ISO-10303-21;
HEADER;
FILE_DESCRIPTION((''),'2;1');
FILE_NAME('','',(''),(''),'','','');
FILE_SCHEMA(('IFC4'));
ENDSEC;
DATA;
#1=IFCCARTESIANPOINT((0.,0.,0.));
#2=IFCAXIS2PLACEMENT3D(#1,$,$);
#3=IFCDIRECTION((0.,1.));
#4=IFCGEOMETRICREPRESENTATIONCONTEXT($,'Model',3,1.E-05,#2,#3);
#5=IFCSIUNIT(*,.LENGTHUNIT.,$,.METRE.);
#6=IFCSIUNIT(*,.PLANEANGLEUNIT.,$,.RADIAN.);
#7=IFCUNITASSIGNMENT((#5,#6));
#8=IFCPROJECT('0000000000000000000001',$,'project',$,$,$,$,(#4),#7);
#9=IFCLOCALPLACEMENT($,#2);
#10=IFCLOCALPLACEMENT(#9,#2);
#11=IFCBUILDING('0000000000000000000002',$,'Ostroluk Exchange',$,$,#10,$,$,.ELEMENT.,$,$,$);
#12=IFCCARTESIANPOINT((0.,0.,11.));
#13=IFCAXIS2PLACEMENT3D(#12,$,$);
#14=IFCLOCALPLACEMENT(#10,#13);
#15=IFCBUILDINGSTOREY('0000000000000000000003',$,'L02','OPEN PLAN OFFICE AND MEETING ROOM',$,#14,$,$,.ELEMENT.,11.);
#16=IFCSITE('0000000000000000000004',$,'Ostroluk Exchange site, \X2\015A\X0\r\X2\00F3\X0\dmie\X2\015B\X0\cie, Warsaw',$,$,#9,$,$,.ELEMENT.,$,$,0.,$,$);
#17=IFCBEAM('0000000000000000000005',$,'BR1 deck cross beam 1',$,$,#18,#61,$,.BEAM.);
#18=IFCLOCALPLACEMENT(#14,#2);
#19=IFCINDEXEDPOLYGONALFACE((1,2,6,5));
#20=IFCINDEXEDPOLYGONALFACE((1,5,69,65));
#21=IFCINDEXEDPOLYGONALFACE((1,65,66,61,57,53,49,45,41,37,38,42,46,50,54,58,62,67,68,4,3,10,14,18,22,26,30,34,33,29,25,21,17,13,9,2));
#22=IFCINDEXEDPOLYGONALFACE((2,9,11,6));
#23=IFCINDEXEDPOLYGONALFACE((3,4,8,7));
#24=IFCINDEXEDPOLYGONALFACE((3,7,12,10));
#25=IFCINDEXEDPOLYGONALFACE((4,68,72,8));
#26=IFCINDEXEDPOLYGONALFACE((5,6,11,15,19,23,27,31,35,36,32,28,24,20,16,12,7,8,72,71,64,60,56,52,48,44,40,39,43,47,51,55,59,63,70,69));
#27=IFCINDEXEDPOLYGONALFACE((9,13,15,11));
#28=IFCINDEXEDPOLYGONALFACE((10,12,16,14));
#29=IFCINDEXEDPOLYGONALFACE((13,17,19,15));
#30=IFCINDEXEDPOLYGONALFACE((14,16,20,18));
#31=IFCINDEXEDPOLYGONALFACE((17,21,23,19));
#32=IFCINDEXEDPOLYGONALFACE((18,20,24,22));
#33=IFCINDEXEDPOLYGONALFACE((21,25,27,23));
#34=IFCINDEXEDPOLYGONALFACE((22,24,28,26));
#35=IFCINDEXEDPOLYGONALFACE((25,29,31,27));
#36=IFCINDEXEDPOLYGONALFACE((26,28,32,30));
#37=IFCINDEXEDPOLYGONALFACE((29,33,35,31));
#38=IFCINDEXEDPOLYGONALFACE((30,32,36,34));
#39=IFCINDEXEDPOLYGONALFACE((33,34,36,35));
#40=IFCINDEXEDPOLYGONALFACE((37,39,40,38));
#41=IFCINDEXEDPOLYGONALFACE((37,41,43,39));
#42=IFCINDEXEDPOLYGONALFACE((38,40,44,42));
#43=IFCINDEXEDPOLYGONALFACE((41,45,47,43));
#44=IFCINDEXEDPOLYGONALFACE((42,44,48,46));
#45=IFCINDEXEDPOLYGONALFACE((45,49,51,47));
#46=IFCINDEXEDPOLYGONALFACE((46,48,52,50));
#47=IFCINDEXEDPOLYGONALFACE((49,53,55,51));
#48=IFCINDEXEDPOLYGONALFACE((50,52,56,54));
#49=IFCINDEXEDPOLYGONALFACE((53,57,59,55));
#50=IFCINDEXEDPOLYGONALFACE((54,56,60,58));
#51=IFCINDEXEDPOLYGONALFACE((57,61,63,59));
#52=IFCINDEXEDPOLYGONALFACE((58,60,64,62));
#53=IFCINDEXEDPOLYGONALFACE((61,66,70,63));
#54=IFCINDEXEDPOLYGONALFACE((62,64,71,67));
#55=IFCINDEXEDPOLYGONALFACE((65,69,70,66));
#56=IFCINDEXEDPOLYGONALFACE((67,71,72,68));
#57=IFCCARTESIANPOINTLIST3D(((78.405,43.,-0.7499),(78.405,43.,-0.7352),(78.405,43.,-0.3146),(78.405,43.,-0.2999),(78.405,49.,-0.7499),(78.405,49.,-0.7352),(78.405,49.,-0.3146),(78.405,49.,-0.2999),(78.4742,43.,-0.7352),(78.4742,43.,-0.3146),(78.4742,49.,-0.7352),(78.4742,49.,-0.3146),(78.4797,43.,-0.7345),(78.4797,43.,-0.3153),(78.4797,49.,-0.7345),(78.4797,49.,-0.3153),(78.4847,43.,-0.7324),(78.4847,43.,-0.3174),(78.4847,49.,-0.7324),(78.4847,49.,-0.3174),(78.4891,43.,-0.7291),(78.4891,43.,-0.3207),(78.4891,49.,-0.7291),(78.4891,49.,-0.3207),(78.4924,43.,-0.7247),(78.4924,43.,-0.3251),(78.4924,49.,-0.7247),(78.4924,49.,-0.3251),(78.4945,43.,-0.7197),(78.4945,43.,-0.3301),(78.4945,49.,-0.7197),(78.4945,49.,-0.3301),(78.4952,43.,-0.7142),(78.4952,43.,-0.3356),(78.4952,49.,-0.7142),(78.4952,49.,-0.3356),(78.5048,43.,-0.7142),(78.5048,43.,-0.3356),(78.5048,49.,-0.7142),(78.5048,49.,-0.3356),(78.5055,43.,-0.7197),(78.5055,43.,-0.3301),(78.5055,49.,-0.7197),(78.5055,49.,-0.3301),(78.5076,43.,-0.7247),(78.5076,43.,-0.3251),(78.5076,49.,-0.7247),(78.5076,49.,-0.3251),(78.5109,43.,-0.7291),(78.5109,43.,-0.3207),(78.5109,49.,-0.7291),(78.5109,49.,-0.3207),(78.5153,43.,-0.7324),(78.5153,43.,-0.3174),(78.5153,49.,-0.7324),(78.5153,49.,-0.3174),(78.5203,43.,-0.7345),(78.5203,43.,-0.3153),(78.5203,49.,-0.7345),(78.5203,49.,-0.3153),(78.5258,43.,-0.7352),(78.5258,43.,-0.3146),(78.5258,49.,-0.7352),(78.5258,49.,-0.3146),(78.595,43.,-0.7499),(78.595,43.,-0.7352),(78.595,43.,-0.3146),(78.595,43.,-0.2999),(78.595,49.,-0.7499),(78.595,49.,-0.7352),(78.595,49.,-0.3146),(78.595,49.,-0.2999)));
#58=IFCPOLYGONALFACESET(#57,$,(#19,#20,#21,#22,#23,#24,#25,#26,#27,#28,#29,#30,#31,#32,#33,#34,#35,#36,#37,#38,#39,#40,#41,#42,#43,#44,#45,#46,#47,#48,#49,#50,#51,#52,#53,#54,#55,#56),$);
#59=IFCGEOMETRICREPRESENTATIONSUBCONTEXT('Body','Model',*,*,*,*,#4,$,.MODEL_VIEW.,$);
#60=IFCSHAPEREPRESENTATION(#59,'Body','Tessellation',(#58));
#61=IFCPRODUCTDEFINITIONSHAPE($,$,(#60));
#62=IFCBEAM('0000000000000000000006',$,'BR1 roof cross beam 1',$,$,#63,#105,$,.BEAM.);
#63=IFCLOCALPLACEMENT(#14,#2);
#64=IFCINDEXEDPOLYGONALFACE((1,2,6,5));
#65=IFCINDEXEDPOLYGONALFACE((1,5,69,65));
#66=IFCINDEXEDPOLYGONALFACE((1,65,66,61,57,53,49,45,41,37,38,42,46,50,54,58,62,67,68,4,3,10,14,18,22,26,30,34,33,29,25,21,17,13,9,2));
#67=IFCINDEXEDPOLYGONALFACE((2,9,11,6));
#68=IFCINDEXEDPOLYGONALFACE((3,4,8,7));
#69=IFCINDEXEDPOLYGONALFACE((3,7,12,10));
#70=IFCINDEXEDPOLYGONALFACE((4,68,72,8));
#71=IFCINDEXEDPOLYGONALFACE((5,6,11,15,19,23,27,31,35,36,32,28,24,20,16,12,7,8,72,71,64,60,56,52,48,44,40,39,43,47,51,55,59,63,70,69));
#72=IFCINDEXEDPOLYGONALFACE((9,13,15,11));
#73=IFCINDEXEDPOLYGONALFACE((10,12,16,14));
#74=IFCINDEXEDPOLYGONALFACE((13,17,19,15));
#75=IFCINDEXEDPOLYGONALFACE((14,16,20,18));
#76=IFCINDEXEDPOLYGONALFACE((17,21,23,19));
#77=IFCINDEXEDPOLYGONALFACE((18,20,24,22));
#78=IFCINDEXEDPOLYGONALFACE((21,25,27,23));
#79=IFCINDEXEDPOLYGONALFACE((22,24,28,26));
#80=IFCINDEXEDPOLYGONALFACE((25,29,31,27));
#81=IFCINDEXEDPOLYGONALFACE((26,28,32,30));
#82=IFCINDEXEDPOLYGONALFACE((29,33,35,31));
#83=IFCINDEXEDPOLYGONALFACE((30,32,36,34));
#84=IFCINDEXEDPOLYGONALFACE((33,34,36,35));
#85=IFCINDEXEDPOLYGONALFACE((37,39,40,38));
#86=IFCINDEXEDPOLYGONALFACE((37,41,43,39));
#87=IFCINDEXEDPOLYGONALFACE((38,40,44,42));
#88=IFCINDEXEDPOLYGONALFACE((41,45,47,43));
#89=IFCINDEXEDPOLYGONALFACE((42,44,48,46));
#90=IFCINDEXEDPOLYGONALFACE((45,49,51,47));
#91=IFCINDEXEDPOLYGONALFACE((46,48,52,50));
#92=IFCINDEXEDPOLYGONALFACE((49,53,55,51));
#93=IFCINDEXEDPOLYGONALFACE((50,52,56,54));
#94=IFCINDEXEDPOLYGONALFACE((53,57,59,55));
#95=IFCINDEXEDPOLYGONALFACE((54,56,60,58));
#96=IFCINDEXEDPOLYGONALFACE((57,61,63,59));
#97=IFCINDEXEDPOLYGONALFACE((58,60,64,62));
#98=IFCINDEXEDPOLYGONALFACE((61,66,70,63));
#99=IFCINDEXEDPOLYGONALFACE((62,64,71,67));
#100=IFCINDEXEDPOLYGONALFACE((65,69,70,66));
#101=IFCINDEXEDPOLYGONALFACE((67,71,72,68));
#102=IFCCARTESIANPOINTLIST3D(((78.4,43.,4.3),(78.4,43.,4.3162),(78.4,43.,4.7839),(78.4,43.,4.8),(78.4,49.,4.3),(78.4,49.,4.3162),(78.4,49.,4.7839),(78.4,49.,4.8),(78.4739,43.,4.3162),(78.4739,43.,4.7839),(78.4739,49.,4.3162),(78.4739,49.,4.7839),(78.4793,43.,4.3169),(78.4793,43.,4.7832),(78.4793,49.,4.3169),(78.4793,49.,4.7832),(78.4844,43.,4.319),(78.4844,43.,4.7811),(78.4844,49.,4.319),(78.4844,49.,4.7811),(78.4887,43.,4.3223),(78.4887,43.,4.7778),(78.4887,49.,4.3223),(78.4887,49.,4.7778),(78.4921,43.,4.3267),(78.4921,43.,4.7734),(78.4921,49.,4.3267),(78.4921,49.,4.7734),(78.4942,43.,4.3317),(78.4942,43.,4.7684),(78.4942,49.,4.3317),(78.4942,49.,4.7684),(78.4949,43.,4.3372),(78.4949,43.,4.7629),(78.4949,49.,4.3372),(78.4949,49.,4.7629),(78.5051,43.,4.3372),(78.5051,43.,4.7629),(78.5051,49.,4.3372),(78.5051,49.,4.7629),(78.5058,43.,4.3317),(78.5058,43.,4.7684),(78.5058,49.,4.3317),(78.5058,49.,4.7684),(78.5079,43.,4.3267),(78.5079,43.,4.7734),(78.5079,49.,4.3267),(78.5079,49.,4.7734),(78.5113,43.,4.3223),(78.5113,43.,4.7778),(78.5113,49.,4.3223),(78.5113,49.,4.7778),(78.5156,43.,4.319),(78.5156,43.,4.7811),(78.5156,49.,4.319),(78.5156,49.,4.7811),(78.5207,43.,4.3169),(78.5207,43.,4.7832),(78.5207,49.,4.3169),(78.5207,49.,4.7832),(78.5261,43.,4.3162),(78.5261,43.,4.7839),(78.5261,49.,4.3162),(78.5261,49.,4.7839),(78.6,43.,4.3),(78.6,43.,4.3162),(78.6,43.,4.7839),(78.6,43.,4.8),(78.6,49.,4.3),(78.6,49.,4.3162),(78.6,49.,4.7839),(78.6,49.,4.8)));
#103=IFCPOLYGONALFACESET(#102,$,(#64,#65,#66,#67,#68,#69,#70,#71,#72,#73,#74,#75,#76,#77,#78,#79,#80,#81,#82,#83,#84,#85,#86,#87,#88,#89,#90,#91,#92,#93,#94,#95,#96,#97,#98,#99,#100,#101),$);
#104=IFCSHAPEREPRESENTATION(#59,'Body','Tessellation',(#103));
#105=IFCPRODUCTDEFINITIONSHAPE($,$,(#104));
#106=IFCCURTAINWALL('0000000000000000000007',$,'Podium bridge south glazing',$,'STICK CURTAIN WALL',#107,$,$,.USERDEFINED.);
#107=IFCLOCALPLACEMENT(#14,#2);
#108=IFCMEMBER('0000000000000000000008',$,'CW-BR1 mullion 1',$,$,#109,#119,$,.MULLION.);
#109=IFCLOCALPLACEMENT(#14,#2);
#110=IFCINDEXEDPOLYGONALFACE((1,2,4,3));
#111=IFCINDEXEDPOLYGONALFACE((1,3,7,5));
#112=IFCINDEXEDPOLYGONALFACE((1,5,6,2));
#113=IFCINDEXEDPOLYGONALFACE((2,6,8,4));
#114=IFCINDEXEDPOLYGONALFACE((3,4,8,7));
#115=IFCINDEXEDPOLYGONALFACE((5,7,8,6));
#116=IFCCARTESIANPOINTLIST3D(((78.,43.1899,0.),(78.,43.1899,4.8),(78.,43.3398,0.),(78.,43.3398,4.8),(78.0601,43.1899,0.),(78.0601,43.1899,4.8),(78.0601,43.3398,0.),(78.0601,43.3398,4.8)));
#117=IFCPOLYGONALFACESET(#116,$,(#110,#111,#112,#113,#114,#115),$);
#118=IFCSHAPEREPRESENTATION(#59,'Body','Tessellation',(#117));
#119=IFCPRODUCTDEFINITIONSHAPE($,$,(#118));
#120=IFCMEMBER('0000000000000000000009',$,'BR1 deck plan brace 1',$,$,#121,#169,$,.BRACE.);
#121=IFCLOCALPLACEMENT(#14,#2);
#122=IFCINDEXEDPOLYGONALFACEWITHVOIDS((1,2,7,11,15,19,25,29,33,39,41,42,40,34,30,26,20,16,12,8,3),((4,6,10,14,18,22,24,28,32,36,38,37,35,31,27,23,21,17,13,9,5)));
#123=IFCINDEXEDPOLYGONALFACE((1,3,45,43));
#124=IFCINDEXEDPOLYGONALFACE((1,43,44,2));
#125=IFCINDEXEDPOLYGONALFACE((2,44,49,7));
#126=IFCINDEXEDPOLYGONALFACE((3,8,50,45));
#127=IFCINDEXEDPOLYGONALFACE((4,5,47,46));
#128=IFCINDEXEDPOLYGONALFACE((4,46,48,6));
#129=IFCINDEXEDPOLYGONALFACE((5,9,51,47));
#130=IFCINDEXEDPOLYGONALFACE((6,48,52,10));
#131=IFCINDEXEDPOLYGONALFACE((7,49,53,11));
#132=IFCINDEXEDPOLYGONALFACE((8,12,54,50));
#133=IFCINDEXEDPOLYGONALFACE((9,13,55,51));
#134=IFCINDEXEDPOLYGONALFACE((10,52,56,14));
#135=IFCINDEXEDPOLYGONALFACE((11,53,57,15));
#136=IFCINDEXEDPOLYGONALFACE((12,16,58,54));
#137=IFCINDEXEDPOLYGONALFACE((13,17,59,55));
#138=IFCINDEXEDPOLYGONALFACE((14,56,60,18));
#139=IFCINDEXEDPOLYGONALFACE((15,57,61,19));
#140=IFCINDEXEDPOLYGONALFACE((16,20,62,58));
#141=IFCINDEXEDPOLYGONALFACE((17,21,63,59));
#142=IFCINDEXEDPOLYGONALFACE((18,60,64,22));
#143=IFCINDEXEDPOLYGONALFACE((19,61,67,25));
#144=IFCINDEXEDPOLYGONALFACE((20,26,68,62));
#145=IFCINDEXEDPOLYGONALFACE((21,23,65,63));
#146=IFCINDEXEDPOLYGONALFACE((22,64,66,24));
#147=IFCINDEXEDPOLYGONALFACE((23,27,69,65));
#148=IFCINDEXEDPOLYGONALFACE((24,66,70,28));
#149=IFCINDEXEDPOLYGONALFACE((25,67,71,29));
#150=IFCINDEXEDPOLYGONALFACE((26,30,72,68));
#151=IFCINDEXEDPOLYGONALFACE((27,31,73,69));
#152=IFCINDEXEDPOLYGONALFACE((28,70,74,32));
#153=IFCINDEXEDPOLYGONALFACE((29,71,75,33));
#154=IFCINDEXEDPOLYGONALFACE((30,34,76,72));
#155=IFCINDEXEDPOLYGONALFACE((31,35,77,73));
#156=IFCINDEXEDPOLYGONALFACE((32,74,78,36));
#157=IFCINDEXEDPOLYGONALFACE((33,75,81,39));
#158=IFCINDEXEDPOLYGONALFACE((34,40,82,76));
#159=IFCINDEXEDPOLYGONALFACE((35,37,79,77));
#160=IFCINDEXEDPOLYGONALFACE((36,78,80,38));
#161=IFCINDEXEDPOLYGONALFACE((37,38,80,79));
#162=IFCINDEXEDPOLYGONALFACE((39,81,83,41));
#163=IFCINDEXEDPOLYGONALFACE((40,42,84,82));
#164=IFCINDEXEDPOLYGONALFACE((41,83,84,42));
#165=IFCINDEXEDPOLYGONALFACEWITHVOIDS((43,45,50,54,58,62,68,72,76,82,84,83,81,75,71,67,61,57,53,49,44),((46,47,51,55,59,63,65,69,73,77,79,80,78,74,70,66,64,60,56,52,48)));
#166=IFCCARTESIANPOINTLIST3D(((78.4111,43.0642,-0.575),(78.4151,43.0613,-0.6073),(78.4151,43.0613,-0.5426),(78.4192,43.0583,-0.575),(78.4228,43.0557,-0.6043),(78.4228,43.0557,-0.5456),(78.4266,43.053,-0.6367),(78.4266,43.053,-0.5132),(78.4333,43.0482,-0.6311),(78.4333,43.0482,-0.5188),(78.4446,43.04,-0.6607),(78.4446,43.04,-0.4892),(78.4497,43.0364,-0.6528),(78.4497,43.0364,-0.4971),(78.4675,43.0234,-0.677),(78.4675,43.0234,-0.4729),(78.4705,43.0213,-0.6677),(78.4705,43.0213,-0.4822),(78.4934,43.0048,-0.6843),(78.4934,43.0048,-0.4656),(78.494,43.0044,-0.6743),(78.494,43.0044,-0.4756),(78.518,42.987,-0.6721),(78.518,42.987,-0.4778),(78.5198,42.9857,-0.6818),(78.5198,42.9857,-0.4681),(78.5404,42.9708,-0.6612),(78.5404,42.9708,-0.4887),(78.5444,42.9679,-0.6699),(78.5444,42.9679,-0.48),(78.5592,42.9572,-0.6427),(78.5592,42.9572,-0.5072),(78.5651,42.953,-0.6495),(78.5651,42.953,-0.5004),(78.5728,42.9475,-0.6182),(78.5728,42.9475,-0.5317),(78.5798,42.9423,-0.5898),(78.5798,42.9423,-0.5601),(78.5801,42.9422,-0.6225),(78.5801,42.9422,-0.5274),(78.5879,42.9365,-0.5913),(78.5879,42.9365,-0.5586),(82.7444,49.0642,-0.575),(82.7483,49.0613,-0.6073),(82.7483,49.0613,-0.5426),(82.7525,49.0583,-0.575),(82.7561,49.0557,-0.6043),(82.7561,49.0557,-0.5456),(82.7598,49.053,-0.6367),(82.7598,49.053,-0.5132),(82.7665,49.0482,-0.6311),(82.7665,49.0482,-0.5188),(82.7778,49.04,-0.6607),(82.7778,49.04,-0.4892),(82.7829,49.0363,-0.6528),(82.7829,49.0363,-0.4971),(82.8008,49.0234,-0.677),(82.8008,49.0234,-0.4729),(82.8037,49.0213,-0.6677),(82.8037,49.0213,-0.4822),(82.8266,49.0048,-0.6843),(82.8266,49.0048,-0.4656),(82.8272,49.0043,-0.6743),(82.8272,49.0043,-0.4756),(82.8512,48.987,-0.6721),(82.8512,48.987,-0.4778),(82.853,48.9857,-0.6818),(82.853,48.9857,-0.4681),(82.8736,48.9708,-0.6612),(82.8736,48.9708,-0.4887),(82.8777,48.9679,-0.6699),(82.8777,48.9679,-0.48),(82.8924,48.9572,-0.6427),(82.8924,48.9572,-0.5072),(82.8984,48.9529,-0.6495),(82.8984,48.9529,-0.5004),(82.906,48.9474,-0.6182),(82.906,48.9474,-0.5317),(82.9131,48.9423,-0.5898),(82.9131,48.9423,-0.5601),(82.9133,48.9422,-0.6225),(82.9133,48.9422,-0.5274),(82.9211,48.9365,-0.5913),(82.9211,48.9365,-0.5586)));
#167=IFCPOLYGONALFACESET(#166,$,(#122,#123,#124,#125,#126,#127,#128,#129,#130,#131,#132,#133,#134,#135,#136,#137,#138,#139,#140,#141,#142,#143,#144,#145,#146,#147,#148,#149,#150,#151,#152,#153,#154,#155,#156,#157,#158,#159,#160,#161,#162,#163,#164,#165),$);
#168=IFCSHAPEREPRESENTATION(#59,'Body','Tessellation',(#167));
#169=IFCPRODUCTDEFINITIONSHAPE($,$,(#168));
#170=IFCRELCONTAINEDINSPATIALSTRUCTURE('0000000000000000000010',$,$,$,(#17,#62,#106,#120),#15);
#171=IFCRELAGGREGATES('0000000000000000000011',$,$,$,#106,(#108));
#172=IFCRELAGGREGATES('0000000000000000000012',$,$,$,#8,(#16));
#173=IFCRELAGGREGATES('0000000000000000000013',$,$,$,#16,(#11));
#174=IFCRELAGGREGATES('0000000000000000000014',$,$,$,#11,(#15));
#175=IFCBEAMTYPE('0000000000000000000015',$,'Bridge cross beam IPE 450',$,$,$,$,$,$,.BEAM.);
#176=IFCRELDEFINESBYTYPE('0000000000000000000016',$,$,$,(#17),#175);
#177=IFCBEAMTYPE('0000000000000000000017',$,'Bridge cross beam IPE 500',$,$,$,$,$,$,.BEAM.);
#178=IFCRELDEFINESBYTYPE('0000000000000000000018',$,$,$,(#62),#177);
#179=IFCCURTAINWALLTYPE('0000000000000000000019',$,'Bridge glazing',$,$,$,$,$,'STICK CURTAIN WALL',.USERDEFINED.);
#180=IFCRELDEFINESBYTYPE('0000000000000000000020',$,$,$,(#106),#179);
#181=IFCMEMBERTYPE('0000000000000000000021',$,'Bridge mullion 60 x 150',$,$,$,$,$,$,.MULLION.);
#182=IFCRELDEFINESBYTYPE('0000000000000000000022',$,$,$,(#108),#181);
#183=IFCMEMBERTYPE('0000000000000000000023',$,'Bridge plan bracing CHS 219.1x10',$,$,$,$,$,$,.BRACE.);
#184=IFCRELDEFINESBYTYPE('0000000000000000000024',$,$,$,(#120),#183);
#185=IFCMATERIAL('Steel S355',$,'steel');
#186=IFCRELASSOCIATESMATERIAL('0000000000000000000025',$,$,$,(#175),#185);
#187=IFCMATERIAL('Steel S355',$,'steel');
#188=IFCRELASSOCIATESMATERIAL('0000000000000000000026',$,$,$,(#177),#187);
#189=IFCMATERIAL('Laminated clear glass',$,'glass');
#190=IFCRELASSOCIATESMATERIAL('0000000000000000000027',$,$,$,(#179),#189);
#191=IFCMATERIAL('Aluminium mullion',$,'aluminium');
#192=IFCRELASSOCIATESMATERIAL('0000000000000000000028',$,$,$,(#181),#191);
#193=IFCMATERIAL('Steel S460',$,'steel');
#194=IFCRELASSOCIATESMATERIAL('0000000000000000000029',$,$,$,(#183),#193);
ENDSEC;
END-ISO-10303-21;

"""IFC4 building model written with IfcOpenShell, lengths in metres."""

from ifc_helpers import new_model, si_unit, direction, frame, origin, origin_2d, place, context, subcontext, project, spatial, rectangle, hollow_circle, i_section, extrude, material, material_profile, profile_set, type_object, element, aggregate, save


model = new_model("IFC4")

# Units and contexts
model_context = context("Model", 3, precision=1e-05, world=origin(), true_north=direction((0.0, 1.0)))
body_context = subcontext(model_context, "Body", "Model", "MODEL_VIEW")
ifc_project = project(units=[si_unit("LENGTHUNIT", "METRE"), si_unit("PLANEANGLEUNIT", "RADIAN")], contexts=[model_context])

# Site, building, storey
site_placement = place(None, origin())
site = spatial("IfcSite", under=ifc_project, at=site_placement, Name="Ostroluk Exchange site, Śródmieście, Warsaw", CompositionType="ELEMENT", RefElevation=0.0)
building_placement = place(site_placement, origin())
building = spatial("IfcBuilding", under=site, at=building_placement, Name="Ostroluk Exchange", CompositionType="ELEMENT")
storey_placement = place(building_placement, frame((0.0, 0.0, 11.0)))
storey = spatial("IfcBuildingStorey", under=building, at=storey_placement, Name="L02", Description="OPEN PLAN OFFICE AND MEETING ROOM", CompositionType="ELEMENT", Elevation=11.0)

# Beams
ifc_material_1 = material(Name="Steel S355", Category="steel")
ifc_material_profile_1 = material_profile(ifc_material_1, i_section(OverallWidth=0.1899, OverallDepth=0.45, WebThickness=0.0095, FlangeThickness=0.0146, FilletRadius=0.021, at=origin_2d()), Name="IPE 450")
ifc_profile_set_1 = profile_set([ifc_material_profile_1], Name="Steel S355")
beam_type_1 = type_object("IfcBeamType", Name="Bridge cross beam IPE 450", PredefinedType="BEAM", material=ifc_profile_set_1)
beam_1_placement = place(storey_placement, frame((78.5, 43.0, -0.5249), z_axis=(0.0, 1.0, 0.0), x_axis=(-1.0, 0.0, 0.0)))
element("IfcBeam", 1, at=beam_1_placement, inside=storey, type_object=beam_type_1, Name="BR1 deck cross beam 1", PredefinedType="BEAM", context=body_context, shape_type="SweptSolid", body=[
    extrude(i_section(OverallWidth=0.1899, OverallDepth=0.45, WebThickness=0.0095, FlangeThickness=0.0146, FilletRadius=0.021, at=origin_2d()), origin(), (0.0, 0.0, 1.0), 6.0),
])
ifc_material_2 = material(Name="Steel S355", Category="steel")
ifc_material_profile_2 = material_profile(ifc_material_2, i_section(OverallWidth=0.2, OverallDepth=0.5, WebThickness=0.0103, FlangeThickness=0.0161, FilletRadius=0.021, at=origin_2d()), Name="IPE 500")
ifc_profile_set_2 = profile_set([ifc_material_profile_2], Name="Steel S355")
beam_type_2 = type_object("IfcBeamType", Name="Bridge cross beam IPE 500", PredefinedType="BEAM", material=ifc_profile_set_2)
beam_2_placement = place(storey_placement, frame((78.5, 43.0, 4.55), z_axis=(0.0, 1.0, 0.0), x_axis=(-1.0, 0.0, 0.0)))
element("IfcBeam", 2, at=beam_2_placement, inside=storey, type_object=beam_type_2, Name="BR1 roof cross beam 1", PredefinedType="BEAM", context=body_context, shape_type="SweptSolid", body=[
    extrude(i_section(OverallWidth=0.2, OverallDepth=0.5, WebThickness=0.0103, FlangeThickness=0.0161, FilletRadius=0.021, at=origin_2d()), origin(), (0.0, 0.0, 1.0), 6.0),
])

# Curtain wall, member
ifc_material_3 = material(Name="Laminated clear glass", Category="glass")
curtain_wall_type = type_object("IfcCurtainWallType", Name="Bridge glazing", ElementType="STICK CURTAIN WALL", PredefinedType="USERDEFINED", material=ifc_material_3)
curtain_wall_placement = place(storey_placement, origin())
curtain_wall = element("IfcCurtainWall", 3, at=curtain_wall_placement, inside=storey, type_object=curtain_wall_type, Name="Podium bridge south glazing", ObjectType="STICK CURTAIN WALL", PredefinedType="USERDEFINED")
ifc_material_4 = material(Name="Aluminium mullion", Category="aluminium")
ifc_material_profile_3 = material_profile(ifc_material_4, rectangle(XDim=0.1499, YDim=0.0601, at=origin_2d()), Name="Bridge mullion 60 x 150")
ifc_profile_set_3 = profile_set([ifc_material_profile_3], Name="Aluminium mullion")
member_type_1 = type_object("IfcMemberType", Name="Bridge mullion 60 x 150", PredefinedType="MULLION", material=ifc_profile_set_3)
member_1_placement = place(storey_placement, frame((78.03, 43.2649, 0.0), z_axis=(0.0, 0.0, 1.0), x_axis=(0.0, 1.0, 0.0)))
member_1 = element("IfcMember", 4, at=member_1_placement, type_object=member_type_1, Name="CW-BR1 mullion 1", PredefinedType="MULLION", context=body_context, shape_type="SweptSolid", body=[
    extrude(rectangle(XDim=0.1499, YDim=0.0601, at=origin_2d()), origin(), (0.0, 0.0, 1.0), 4.8),
])

# Member
ifc_material_5 = material(Name="Steel S460", Category="steel")
ifc_material_profile_4 = material_profile(ifc_material_5, hollow_circle(Radius=0.1096, WallThickness=0.01, at=origin_2d()), Name="CHS 219.1x10")
ifc_profile_set_4 = profile_set([ifc_material_profile_4], Name="Steel S460")
member_type_2 = type_object("IfcMemberType", Name="Bridge plan bracing CHS 219.1x10", PredefinedType="BRACE", material=ifc_profile_set_4)
for number, where, z_axis, x_axis, name in (
    (5, (78.5, 43.0, -0.575), (0.585483, 0.810684, 0.0), (-0.810684, 0.585483, 0.0), "BR1 deck plan brace 1"),
):
    element("IfcMember", number, at=place(storey_placement, frame(where, z_axis=z_axis, x_axis=x_axis)), inside=storey, type_object=member_type_2, Name=name, PredefinedType="BRACE", context=body_context, shape_type="SweptSolid", body=[
        extrude(hollow_circle(Radius=0.1096, WallThickness=0.01, at=origin_2d()), origin(), (0.0, 0.0, 1.0), 7.4011),
    ])

aggregate(curtain_wall, [member_1])

save(model, "model.ifc")
